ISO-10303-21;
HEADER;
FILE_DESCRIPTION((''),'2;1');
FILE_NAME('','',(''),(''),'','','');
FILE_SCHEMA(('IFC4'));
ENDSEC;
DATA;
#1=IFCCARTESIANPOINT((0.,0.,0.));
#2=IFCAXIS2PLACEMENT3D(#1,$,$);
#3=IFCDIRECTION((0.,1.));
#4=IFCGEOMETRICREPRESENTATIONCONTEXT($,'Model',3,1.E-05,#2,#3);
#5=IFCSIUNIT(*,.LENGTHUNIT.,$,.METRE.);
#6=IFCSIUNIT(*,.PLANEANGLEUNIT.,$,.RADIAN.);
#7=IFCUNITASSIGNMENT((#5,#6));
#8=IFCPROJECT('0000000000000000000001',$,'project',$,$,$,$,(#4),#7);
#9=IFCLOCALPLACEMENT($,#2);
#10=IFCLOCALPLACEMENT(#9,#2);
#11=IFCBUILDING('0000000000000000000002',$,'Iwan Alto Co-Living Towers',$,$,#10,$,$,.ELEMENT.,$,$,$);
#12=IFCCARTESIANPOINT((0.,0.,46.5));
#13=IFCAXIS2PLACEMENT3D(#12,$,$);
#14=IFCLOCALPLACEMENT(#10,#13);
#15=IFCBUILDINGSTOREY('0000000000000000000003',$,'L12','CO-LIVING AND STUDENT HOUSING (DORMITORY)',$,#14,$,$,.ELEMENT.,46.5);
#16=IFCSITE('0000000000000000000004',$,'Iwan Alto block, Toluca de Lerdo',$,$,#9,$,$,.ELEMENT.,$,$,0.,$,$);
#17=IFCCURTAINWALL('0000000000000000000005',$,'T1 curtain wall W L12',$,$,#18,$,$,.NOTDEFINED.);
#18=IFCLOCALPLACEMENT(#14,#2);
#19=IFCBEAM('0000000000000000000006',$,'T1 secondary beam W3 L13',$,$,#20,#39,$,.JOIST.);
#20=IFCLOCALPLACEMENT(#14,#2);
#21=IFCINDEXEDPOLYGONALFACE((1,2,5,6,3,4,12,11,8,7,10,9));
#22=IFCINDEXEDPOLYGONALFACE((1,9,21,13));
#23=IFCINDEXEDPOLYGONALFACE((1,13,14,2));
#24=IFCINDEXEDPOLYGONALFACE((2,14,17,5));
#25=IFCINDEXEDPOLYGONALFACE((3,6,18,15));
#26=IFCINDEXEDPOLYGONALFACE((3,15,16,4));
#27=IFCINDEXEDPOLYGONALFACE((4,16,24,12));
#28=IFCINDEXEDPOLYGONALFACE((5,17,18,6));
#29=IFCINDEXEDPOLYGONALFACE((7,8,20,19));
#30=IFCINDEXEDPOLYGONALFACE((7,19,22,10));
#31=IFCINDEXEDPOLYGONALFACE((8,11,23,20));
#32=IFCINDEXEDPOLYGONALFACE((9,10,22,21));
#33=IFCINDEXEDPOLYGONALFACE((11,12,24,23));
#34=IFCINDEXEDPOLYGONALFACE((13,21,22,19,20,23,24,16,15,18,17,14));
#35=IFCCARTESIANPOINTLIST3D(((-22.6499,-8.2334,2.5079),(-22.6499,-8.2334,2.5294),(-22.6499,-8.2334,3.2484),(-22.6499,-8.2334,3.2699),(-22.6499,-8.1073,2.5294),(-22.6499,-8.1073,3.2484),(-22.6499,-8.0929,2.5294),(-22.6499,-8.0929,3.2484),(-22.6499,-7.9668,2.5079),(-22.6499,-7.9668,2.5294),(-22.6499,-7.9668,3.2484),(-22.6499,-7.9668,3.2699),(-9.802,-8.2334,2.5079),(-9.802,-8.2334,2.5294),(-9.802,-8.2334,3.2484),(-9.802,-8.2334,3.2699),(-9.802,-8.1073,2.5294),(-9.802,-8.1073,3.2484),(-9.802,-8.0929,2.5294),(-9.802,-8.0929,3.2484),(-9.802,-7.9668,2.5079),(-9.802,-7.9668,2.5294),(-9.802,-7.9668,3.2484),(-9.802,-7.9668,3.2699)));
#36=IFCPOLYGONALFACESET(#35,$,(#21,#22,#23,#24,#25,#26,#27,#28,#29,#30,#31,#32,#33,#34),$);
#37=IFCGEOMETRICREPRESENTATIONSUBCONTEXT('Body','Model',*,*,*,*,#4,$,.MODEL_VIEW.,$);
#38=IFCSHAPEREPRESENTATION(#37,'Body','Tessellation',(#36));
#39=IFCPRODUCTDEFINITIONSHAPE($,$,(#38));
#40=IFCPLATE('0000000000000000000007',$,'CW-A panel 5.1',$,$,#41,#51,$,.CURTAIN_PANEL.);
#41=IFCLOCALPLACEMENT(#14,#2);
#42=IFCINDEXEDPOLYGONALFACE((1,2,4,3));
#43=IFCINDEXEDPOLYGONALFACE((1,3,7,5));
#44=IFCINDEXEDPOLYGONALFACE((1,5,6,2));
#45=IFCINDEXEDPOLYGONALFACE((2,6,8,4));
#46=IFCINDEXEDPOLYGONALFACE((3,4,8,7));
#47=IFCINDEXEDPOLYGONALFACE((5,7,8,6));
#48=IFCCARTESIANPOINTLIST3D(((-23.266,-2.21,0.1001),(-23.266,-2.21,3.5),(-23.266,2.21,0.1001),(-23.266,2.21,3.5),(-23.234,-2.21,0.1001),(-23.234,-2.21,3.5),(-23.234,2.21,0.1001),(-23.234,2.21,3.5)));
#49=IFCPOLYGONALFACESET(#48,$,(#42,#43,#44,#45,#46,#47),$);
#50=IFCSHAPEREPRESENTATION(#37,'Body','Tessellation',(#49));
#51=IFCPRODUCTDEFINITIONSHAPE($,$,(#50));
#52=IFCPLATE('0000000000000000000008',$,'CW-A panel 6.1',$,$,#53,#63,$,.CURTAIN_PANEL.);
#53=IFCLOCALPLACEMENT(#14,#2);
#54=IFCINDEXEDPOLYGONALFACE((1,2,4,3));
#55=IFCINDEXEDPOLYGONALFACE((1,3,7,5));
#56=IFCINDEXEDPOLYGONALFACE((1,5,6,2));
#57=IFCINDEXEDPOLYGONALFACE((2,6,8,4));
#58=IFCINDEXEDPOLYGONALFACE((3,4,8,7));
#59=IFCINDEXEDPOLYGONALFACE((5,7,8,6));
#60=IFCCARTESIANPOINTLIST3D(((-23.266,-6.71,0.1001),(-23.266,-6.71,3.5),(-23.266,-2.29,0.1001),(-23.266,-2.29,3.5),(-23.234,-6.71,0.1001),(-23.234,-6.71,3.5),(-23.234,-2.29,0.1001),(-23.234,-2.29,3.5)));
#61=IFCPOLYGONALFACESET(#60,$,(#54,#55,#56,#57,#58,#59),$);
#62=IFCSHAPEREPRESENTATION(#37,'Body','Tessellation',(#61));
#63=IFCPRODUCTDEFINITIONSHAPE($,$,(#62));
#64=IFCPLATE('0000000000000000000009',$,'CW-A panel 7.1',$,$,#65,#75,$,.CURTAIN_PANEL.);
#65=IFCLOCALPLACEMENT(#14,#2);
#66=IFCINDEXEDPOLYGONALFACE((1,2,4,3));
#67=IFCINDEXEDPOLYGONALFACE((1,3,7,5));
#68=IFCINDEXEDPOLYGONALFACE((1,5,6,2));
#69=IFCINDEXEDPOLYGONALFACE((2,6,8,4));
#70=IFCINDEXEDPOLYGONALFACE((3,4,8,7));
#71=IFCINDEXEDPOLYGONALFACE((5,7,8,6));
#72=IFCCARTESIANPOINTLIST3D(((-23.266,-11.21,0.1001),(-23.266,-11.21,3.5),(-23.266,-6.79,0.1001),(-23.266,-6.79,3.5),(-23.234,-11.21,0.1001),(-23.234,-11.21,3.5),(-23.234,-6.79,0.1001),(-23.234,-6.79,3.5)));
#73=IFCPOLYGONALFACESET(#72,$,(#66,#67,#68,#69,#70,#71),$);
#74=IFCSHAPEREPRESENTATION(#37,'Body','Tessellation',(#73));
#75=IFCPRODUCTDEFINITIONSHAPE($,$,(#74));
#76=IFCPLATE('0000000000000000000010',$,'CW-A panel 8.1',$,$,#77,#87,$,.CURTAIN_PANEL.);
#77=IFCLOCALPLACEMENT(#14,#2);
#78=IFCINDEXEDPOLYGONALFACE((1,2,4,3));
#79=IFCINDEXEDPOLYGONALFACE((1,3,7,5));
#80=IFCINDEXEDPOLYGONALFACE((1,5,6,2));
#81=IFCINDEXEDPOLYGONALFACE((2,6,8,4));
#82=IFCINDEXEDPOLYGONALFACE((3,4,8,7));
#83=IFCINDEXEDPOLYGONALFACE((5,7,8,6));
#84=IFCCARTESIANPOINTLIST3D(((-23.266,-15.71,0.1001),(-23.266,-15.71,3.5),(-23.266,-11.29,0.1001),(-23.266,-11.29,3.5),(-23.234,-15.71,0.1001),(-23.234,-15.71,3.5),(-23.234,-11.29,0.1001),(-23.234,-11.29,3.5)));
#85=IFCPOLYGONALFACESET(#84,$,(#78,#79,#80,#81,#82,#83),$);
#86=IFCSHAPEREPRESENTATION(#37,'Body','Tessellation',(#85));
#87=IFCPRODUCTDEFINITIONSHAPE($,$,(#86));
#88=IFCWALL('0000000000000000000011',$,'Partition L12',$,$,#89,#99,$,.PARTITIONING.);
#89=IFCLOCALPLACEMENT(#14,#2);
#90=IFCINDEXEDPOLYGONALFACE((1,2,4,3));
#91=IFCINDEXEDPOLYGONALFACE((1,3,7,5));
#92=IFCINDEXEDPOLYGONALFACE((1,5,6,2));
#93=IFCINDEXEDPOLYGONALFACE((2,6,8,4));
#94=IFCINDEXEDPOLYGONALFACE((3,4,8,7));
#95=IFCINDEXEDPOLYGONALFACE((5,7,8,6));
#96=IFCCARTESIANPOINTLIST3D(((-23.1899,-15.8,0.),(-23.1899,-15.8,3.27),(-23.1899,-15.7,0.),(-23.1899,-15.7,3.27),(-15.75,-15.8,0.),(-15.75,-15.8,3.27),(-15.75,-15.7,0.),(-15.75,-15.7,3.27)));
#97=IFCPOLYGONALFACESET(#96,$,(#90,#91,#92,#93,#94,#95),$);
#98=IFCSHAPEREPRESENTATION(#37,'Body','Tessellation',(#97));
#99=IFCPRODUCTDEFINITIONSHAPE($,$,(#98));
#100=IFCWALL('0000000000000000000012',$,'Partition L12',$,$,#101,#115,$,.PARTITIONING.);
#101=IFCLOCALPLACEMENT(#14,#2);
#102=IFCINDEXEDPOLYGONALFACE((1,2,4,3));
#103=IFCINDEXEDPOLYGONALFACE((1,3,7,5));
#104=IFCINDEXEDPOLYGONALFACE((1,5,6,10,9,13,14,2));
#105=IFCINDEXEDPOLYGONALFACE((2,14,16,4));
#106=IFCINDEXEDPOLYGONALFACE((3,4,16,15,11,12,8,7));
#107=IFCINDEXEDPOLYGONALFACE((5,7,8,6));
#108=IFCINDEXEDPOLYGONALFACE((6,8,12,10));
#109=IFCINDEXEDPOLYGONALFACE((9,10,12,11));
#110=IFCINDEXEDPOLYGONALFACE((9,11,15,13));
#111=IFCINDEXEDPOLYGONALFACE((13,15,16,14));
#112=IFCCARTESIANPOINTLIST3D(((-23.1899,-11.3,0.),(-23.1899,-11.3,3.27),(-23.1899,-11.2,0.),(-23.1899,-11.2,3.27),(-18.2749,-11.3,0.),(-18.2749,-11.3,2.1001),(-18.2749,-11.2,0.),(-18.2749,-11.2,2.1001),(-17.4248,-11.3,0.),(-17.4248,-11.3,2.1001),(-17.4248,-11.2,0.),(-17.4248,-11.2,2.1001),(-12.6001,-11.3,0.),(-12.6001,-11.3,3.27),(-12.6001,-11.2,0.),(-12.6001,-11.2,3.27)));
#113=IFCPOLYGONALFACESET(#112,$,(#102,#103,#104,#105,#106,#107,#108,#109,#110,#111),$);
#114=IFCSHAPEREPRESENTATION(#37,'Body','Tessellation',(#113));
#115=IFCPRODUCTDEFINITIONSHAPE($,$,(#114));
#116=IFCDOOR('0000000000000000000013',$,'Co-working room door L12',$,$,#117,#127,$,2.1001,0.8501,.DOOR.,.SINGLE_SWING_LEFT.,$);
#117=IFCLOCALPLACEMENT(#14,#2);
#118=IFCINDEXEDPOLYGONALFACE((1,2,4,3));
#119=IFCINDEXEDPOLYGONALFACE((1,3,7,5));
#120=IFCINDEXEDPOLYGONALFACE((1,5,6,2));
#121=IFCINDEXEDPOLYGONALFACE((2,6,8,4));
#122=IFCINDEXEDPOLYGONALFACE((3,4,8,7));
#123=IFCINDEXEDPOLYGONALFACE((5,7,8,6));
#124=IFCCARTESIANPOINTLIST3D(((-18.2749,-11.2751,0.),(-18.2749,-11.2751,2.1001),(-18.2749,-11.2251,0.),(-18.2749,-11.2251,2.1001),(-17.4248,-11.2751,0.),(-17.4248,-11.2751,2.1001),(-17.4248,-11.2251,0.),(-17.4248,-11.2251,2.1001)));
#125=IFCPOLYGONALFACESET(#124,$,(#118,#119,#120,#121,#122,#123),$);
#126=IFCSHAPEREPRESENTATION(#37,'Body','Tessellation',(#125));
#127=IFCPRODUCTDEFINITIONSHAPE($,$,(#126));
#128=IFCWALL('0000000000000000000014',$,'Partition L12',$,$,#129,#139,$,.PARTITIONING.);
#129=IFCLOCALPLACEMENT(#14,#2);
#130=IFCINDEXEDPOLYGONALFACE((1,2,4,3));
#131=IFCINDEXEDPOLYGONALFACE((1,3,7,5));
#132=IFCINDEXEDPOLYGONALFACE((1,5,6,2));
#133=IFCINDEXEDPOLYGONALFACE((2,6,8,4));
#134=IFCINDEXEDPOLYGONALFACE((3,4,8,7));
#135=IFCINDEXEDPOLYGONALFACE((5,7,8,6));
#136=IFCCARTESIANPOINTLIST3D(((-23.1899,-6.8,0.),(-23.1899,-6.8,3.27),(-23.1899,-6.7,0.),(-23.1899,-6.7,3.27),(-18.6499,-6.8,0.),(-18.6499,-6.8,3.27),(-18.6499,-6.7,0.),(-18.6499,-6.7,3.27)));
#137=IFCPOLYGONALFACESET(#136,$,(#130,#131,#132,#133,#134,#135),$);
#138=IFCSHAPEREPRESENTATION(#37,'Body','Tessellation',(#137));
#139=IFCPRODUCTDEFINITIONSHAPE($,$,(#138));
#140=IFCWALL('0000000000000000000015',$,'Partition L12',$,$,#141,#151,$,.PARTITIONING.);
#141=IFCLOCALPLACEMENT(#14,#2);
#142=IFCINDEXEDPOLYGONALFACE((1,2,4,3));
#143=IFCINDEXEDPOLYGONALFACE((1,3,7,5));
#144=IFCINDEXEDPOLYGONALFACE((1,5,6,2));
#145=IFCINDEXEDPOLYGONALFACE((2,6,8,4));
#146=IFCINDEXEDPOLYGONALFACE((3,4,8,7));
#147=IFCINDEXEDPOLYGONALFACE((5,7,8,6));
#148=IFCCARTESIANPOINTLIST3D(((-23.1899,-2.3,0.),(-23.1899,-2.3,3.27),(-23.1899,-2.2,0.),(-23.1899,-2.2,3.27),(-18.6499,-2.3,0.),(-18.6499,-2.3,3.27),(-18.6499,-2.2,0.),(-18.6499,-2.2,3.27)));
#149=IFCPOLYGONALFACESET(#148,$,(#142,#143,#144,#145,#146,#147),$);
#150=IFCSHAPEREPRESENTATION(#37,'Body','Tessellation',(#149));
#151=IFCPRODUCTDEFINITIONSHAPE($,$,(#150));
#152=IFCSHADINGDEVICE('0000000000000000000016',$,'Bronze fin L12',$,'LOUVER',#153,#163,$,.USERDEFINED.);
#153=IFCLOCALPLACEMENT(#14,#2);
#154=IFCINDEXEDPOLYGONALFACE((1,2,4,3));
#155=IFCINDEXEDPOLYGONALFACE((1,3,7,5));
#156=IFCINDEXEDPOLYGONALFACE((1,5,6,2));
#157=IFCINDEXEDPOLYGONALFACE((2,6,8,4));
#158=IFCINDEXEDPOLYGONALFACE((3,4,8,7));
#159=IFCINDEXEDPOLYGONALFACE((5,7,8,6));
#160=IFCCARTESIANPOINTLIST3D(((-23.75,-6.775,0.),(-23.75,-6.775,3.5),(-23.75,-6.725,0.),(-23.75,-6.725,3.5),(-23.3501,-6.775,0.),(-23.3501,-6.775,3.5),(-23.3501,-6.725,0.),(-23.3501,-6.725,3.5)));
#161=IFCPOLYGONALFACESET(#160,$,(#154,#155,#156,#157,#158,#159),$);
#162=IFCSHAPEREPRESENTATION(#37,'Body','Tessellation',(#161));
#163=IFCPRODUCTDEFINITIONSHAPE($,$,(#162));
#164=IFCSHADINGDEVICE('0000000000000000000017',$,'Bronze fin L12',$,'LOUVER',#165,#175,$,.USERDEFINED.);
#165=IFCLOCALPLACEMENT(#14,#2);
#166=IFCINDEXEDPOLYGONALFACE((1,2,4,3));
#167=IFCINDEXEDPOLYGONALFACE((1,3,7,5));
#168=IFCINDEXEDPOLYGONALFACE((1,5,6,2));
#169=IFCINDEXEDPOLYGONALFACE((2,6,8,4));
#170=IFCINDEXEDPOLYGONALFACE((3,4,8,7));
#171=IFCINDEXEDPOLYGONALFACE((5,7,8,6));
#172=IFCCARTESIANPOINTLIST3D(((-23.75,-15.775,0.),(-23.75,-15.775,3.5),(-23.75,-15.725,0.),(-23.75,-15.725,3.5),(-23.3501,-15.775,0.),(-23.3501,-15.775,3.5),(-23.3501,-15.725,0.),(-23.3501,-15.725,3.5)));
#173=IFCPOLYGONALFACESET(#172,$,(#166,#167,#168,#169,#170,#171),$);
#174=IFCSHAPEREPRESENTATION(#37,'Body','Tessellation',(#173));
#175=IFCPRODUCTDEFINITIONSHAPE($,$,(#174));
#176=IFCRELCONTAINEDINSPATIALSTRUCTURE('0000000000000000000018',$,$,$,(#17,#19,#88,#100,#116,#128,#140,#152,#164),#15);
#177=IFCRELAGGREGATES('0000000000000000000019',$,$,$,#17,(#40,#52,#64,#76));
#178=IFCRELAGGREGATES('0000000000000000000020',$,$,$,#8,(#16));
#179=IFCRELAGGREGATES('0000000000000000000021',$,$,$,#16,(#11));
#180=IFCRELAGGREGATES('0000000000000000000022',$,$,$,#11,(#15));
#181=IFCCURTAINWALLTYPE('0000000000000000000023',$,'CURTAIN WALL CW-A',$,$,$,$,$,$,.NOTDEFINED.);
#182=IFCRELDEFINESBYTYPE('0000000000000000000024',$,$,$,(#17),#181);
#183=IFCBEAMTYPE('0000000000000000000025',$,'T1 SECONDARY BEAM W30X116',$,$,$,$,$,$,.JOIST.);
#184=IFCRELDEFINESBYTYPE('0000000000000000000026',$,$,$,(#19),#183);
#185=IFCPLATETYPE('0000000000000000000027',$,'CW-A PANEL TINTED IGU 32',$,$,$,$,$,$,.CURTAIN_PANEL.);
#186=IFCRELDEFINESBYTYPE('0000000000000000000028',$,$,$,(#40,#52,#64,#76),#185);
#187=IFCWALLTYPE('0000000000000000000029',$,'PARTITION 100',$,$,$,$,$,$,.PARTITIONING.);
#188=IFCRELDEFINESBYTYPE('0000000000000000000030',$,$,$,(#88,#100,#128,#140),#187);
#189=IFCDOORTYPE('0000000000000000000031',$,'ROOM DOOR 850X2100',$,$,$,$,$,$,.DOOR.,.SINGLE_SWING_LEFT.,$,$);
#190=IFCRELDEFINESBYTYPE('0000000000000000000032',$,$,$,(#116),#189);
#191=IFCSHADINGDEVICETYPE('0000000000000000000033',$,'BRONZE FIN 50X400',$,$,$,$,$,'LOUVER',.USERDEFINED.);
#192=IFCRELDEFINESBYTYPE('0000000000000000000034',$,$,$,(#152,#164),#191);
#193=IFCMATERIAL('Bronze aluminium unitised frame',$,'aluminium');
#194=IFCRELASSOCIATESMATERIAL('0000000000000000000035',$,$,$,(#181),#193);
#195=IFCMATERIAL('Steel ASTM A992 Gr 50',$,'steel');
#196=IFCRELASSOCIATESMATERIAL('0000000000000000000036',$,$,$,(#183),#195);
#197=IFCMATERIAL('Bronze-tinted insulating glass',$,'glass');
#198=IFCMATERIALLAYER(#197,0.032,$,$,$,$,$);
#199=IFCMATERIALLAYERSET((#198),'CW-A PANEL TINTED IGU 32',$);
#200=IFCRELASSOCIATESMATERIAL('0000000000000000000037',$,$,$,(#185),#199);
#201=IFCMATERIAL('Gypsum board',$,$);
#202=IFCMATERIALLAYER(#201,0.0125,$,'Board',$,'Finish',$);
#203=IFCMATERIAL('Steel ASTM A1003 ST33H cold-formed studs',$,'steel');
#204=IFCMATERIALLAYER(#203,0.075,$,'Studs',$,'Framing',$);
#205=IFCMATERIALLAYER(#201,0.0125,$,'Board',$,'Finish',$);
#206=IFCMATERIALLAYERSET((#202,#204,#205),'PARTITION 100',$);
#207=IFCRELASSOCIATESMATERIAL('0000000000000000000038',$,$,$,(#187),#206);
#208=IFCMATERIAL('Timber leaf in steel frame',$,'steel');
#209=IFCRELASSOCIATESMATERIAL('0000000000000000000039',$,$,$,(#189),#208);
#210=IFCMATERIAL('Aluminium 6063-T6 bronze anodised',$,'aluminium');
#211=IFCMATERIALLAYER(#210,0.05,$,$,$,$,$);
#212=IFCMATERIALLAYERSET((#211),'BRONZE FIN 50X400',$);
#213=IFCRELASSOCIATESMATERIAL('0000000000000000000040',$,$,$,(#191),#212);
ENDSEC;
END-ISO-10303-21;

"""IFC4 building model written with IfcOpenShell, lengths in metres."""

from ifc_helpers import new_model, si_unit, direction, frame, frame_2d, origin, origin_2d, place, context, subcontext, project, spatial, rectangle, i_section, extrude, material, layer, layer_set, material_profile, profile_set, type_object, element, fill, aggregate, save


model = new_model("IFC4")

# Units and contexts
model_context = context("Model", 3, precision=1e-05, world=origin(), true_north=direction((0.0, 1.0)))
body_context = subcontext(model_context, "Body", "Model", "MODEL_VIEW")
ifc_project = project(units=[si_unit("LENGTHUNIT", "METRE"), si_unit("PLANEANGLEUNIT", "RADIAN")], contexts=[model_context])

# Site, building, storey
site_placement = place(None, origin())
site = spatial("IfcSite", under=ifc_project, at=site_placement, Name="Iwan Alto block, Toluca de Lerdo", CompositionType="ELEMENT", RefElevation=0.0)
building_placement = place(site_placement, origin())
building = spatial("IfcBuilding", under=site, at=building_placement, Name="Iwan Alto Co-Living Towers", CompositionType="ELEMENT")
storey_placement = place(building_placement, frame((0.0, 0.0, 46.5)))
storey = spatial("IfcBuildingStorey", under=building, at=storey_placement, Name="L12", Description="CO-LIVING AND STUDENT HOUSING (DORMITORY)", CompositionType="ELEMENT", Elevation=46.5)

# Curtain wall
ifc_material_1 = material(Name="Bronze aluminium unitised frame", Category="aluminium")
curtain_wall_type = type_object("IfcCurtainWallType", Name="CURTAIN WALL CW-A", PredefinedType="NOTDEFINED", material=ifc_material_1)
curtain_wall_placement = place(storey_placement, origin())
curtain_wall = element("IfcCurtainWall", 1, at=curtain_wall_placement, inside=storey, type_object=curtain_wall_type, Name="T1 curtain wall W L12", PredefinedType="NOTDEFINED")

# Beam
ifc_material_2 = material(Name="Steel ASTM A992 Gr 50", Category="steel")
ifc_material_profile_1 = material_profile(ifc_material_2, i_section(OverallWidth=0.2666, OverallDepth=0.762, WebThickness=0.0144, FlangeThickness=0.0215, at=origin_2d()), Name="W30X116")
ifc_profile_set_1 = profile_set([ifc_material_profile_1], Name="Steel ASTM A992 Gr 50")
beam_type_1 = type_object("IfcBeamType", Name="T1 SECONDARY BEAM W30X116", PredefinedType="JOIST", material=ifc_profile_set_1)
beam_1_placement = place(storey_placement, frame((-22.6499, -8.1001, 2.8889), z_axis=(1.0, 0.0, 0.0), x_axis=(0.0, 1.0, 0.0)))
element("IfcBeam", 2, at=beam_1_placement, inside=storey, type_object=beam_type_1, Name="T1 secondary beam W3 L13", PredefinedType="JOIST", context=body_context, shape_type="SweptSolid", body=[
    extrude(i_section(OverallWidth=0.2666, OverallDepth=0.762, WebThickness=0.0144, FlangeThickness=0.0215, at=origin_2d()), origin(), (0.0, 0.0, 1.0), 12.8479),
])

# Plates
ifc_material_3 = material(Name="Bronze-tinted insulating glass", Category="glass")
ifc_layer_1 = layer(ifc_material_3, 0.032)
ifc_layer_set_1 = layer_set([ifc_layer_1], Name="CW-A PANEL TINTED IGU 32")
plate_type = type_object("IfcPlateType", Name="CW-A PANEL TINTED IGU 32", PredefinedType="CURTAIN_PANEL", material=ifc_layer_set_1)
plate_1_placement = place(storey_placement, frame((-23.25, 0.0, 0.1001), z_axis=(0.0, 0.0, 1.0), x_axis=(0.0, -1.0, 0.0)))
plate_1 = element("IfcPlate", 3, at=plate_1_placement, type_object=plate_type, Name="CW-A panel 5.1", PredefinedType="CURTAIN_PANEL", context=body_context, shape_type="SweptSolid", body=[
    extrude(rectangle(XDim=4.4199, YDim=0.032, at=origin_2d()), origin(), (0.0, 0.0, 1.0), 3.3999),
])
plate_2_placement = place(storey_placement, frame((-23.25, -4.5, 0.1001), z_axis=(0.0, 0.0, 1.0), x_axis=(0.0, -1.0, 0.0)))
plate_2 = element("IfcPlate", 4, at=plate_2_placement, type_object=plate_type, Name="CW-A panel 6.1", PredefinedType="CURTAIN_PANEL", context=body_context, shape_type="SweptSolid", body=[
    extrude(rectangle(XDim=4.4199, YDim=0.032, at=origin_2d()), origin(), (0.0, 0.0, 1.0), 3.3999),
])
plate_3_placement = place(storey_placement, frame((-23.25, -9.0, 0.1001), z_axis=(0.0, 0.0, 1.0), x_axis=(0.0, -1.0, 0.0)))
plate_3 = element("IfcPlate", 5, at=plate_3_placement, type_object=plate_type, Name="CW-A panel 7.1", PredefinedType="CURTAIN_PANEL", context=body_context, shape_type="SweptSolid", body=[
    extrude(rectangle(XDim=4.4199, YDim=0.032, at=origin_2d()), origin(), (0.0, 0.0, 1.0), 3.3999),
])
plate_4_placement = place(storey_placement, frame((-23.25, -13.5, 0.1001), z_axis=(0.0, 0.0, 1.0), x_axis=(0.0, -1.0, 0.0)))
plate_4 = element("IfcPlate", 6, at=plate_4_placement, type_object=plate_type, Name="CW-A panel 8.1", PredefinedType="CURTAIN_PANEL", context=body_context, shape_type="SweptSolid", body=[
    extrude(rectangle(XDim=4.4199, YDim=0.032, at=origin_2d()), origin(), (0.0, 0.0, 1.0), 3.3999),
])
aggregate(curtain_wall, [plate_1, plate_2, plate_3, plate_4])

# Wall
ifc_material_4 = material(Name="Gypsum board")
ifc_layer_2 = layer(ifc_material_4, 0.0125, Name="Board", Category="Finish")
ifc_material_5 = material(Name="Steel ASTM A1003 ST33H cold-formed studs", Category="steel")
ifc_layer_3 = layer(ifc_material_5, 0.075, Name="Studs", Category="Framing")
ifc_layer_4 = layer(ifc_material_4, 0.0125, Name="Board", Category="Finish")
ifc_layer_set_2 = layer_set([ifc_layer_2, ifc_layer_3, ifc_layer_4], Name="PARTITION 100")
wall_type = type_object("IfcWallType", Name="PARTITION 100", PredefinedType="PARTITIONING", material=ifc_layer_set_2)
wall_1_placement = place(storey_placement, frame((-23.1899, -15.75, 0.0), z_axis=(0.0, 0.0, 1.0), x_axis=(1.0, 0.0, 0.0)))
element("IfcWall", 7, at=wall_1_placement, inside=storey, type_object=wall_type, Name="Partition L12", PredefinedType="PARTITIONING", context=body_context, shape_type="SweptSolid", body=[
    extrude(rectangle(XDim=7.4399, YDim=0.1001, at=frame_2d((3.72, 0.0))), origin(), (0.0, 0.0, 1.0), 3.27),
])

# Wall, opening, door
wall_2_placement = place(storey_placement, frame((-23.1899, -11.25, 0.0), z_axis=(0.0, 0.0, 1.0), x_axis=(1.0, 0.0, 0.0)))
wall_2 = element("IfcWall", 8, at=wall_2_placement, inside=storey, type_object=wall_type, Name="Partition L12", PredefinedType="PARTITIONING", context=body_context, shape_type="SweptSolid", body=[
    extrude(rectangle(XDim=10.5898, YDim=0.1001, at=frame_2d((5.2949, 0.0))), origin(), (0.0, 0.0, 1.0), 3.27),
])
opening_placement = place(wall_2_placement, frame((4.915, 0.0, 0.0)))
opening = element("IfcOpeningElement", 9, at=opening_placement, cuts=wall_2, PredefinedType="OPENING", context=body_context, shape_type="SweptSolid", body=[
    extrude(rectangle(XDim=0.8501, YDim=2.1001, at=frame_2d((0.425, 1.05))), frame((0.0, 0.0601, 0.0), z_axis=(0.0, -1.0, 0.0), x_axis=(1.0, 0.0, 0.0)), (0.0, 0.0, 1.0), 0.1201),
])
ifc_material_6 = material(Name="Timber leaf in steel frame", Category="steel")
door_type = type_object("IfcDoorType", Name="ROOM DOOR 850X2100", OperationType="SINGLE_SWING_LEFT", PredefinedType="DOOR", material=ifc_material_6)
door_placement = place(opening_placement, origin())
door = element("IfcDoor", 10, at=door_placement, inside=storey, type_object=door_type, Name="Co-working room door L12", OperationType="SINGLE_SWING_LEFT", OverallHeight=2.1001, OverallWidth=0.8501, PredefinedType="DOOR", context=body_context, shape_type="SweptSolid", body=[
    extrude(rectangle(XDim=0.8501, YDim=2.1001, at=frame_2d((0.425, 1.05))), frame((0.0, 0.0249, 0.0), z_axis=(0.0, -1.0, 0.0), x_axis=(1.0, 0.0, 0.0)), (0.0, 0.0, 1.0), 0.05),
])
fill(opening, door)

# Walls
for number, where, z_axis, x_axis, name in (
    (11, (-23.1899, -6.75, 0.0), (0.0, 0.0, 1.0), (1.0, 0.0, 0.0), "Partition L12"),
    (12, (-23.1899, -2.25, 0.0), (0.0, 0.0, 1.0), (1.0, 0.0, 0.0), "Partition L12"),
):
    element("IfcWall", number, at=place(storey_placement, frame(where, z_axis=z_axis, x_axis=x_axis)), inside=storey, type_object=wall_type, Name=name, PredefinedType="PARTITIONING", context=body_context, shape_type="SweptSolid", body=[
        extrude(rectangle(XDim=4.54, YDim=0.1001, at=frame_2d((2.27, 0.0))), origin(), (0.0, 0.0, 1.0), 3.27),
    ])

# Shading devices
ifc_material_7 = material(Name="Aluminium 6063-T6 bronze anodised", Category="aluminium")
ifc_layer_5 = layer(ifc_material_7, 0.05)
ifc_layer_set_3 = layer_set([ifc_layer_5], Name="BRONZE FIN 50X400")
shading_device_type = type_object("IfcShadingDeviceType", Name="BRONZE FIN 50X400", ElementType="LOUVER", PredefinedType="USERDEFINED", material=ifc_layer_set_3)
for number, where, z_axis, x_axis, name in (
    (13, (-23.55, -6.75, 0.0), (0.0, 0.0, 1.0), (0.0, -1.0, 0.0), "Bronze fin L12"),
    (14, (-23.55, -15.75, 0.0), (0.0, 0.0, 1.0), (0.0, -1.0, 0.0), "Bronze fin L12"),
):
    element("IfcShadingDevice", number, at=place(storey_placement, frame(where, z_axis=z_axis, x_axis=x_axis)), inside=storey, type_object=shading_device_type, Name=name, ObjectType="LOUVER", PredefinedType="USERDEFINED", context=body_context, shape_type="SweptSolid", body=[
        extrude(rectangle(XDim=0.05, YDim=0.3999, at=origin_2d()), origin(), (0.0, 0.0, 1.0), 3.5),
    ])

save(model, "model.ifc")
